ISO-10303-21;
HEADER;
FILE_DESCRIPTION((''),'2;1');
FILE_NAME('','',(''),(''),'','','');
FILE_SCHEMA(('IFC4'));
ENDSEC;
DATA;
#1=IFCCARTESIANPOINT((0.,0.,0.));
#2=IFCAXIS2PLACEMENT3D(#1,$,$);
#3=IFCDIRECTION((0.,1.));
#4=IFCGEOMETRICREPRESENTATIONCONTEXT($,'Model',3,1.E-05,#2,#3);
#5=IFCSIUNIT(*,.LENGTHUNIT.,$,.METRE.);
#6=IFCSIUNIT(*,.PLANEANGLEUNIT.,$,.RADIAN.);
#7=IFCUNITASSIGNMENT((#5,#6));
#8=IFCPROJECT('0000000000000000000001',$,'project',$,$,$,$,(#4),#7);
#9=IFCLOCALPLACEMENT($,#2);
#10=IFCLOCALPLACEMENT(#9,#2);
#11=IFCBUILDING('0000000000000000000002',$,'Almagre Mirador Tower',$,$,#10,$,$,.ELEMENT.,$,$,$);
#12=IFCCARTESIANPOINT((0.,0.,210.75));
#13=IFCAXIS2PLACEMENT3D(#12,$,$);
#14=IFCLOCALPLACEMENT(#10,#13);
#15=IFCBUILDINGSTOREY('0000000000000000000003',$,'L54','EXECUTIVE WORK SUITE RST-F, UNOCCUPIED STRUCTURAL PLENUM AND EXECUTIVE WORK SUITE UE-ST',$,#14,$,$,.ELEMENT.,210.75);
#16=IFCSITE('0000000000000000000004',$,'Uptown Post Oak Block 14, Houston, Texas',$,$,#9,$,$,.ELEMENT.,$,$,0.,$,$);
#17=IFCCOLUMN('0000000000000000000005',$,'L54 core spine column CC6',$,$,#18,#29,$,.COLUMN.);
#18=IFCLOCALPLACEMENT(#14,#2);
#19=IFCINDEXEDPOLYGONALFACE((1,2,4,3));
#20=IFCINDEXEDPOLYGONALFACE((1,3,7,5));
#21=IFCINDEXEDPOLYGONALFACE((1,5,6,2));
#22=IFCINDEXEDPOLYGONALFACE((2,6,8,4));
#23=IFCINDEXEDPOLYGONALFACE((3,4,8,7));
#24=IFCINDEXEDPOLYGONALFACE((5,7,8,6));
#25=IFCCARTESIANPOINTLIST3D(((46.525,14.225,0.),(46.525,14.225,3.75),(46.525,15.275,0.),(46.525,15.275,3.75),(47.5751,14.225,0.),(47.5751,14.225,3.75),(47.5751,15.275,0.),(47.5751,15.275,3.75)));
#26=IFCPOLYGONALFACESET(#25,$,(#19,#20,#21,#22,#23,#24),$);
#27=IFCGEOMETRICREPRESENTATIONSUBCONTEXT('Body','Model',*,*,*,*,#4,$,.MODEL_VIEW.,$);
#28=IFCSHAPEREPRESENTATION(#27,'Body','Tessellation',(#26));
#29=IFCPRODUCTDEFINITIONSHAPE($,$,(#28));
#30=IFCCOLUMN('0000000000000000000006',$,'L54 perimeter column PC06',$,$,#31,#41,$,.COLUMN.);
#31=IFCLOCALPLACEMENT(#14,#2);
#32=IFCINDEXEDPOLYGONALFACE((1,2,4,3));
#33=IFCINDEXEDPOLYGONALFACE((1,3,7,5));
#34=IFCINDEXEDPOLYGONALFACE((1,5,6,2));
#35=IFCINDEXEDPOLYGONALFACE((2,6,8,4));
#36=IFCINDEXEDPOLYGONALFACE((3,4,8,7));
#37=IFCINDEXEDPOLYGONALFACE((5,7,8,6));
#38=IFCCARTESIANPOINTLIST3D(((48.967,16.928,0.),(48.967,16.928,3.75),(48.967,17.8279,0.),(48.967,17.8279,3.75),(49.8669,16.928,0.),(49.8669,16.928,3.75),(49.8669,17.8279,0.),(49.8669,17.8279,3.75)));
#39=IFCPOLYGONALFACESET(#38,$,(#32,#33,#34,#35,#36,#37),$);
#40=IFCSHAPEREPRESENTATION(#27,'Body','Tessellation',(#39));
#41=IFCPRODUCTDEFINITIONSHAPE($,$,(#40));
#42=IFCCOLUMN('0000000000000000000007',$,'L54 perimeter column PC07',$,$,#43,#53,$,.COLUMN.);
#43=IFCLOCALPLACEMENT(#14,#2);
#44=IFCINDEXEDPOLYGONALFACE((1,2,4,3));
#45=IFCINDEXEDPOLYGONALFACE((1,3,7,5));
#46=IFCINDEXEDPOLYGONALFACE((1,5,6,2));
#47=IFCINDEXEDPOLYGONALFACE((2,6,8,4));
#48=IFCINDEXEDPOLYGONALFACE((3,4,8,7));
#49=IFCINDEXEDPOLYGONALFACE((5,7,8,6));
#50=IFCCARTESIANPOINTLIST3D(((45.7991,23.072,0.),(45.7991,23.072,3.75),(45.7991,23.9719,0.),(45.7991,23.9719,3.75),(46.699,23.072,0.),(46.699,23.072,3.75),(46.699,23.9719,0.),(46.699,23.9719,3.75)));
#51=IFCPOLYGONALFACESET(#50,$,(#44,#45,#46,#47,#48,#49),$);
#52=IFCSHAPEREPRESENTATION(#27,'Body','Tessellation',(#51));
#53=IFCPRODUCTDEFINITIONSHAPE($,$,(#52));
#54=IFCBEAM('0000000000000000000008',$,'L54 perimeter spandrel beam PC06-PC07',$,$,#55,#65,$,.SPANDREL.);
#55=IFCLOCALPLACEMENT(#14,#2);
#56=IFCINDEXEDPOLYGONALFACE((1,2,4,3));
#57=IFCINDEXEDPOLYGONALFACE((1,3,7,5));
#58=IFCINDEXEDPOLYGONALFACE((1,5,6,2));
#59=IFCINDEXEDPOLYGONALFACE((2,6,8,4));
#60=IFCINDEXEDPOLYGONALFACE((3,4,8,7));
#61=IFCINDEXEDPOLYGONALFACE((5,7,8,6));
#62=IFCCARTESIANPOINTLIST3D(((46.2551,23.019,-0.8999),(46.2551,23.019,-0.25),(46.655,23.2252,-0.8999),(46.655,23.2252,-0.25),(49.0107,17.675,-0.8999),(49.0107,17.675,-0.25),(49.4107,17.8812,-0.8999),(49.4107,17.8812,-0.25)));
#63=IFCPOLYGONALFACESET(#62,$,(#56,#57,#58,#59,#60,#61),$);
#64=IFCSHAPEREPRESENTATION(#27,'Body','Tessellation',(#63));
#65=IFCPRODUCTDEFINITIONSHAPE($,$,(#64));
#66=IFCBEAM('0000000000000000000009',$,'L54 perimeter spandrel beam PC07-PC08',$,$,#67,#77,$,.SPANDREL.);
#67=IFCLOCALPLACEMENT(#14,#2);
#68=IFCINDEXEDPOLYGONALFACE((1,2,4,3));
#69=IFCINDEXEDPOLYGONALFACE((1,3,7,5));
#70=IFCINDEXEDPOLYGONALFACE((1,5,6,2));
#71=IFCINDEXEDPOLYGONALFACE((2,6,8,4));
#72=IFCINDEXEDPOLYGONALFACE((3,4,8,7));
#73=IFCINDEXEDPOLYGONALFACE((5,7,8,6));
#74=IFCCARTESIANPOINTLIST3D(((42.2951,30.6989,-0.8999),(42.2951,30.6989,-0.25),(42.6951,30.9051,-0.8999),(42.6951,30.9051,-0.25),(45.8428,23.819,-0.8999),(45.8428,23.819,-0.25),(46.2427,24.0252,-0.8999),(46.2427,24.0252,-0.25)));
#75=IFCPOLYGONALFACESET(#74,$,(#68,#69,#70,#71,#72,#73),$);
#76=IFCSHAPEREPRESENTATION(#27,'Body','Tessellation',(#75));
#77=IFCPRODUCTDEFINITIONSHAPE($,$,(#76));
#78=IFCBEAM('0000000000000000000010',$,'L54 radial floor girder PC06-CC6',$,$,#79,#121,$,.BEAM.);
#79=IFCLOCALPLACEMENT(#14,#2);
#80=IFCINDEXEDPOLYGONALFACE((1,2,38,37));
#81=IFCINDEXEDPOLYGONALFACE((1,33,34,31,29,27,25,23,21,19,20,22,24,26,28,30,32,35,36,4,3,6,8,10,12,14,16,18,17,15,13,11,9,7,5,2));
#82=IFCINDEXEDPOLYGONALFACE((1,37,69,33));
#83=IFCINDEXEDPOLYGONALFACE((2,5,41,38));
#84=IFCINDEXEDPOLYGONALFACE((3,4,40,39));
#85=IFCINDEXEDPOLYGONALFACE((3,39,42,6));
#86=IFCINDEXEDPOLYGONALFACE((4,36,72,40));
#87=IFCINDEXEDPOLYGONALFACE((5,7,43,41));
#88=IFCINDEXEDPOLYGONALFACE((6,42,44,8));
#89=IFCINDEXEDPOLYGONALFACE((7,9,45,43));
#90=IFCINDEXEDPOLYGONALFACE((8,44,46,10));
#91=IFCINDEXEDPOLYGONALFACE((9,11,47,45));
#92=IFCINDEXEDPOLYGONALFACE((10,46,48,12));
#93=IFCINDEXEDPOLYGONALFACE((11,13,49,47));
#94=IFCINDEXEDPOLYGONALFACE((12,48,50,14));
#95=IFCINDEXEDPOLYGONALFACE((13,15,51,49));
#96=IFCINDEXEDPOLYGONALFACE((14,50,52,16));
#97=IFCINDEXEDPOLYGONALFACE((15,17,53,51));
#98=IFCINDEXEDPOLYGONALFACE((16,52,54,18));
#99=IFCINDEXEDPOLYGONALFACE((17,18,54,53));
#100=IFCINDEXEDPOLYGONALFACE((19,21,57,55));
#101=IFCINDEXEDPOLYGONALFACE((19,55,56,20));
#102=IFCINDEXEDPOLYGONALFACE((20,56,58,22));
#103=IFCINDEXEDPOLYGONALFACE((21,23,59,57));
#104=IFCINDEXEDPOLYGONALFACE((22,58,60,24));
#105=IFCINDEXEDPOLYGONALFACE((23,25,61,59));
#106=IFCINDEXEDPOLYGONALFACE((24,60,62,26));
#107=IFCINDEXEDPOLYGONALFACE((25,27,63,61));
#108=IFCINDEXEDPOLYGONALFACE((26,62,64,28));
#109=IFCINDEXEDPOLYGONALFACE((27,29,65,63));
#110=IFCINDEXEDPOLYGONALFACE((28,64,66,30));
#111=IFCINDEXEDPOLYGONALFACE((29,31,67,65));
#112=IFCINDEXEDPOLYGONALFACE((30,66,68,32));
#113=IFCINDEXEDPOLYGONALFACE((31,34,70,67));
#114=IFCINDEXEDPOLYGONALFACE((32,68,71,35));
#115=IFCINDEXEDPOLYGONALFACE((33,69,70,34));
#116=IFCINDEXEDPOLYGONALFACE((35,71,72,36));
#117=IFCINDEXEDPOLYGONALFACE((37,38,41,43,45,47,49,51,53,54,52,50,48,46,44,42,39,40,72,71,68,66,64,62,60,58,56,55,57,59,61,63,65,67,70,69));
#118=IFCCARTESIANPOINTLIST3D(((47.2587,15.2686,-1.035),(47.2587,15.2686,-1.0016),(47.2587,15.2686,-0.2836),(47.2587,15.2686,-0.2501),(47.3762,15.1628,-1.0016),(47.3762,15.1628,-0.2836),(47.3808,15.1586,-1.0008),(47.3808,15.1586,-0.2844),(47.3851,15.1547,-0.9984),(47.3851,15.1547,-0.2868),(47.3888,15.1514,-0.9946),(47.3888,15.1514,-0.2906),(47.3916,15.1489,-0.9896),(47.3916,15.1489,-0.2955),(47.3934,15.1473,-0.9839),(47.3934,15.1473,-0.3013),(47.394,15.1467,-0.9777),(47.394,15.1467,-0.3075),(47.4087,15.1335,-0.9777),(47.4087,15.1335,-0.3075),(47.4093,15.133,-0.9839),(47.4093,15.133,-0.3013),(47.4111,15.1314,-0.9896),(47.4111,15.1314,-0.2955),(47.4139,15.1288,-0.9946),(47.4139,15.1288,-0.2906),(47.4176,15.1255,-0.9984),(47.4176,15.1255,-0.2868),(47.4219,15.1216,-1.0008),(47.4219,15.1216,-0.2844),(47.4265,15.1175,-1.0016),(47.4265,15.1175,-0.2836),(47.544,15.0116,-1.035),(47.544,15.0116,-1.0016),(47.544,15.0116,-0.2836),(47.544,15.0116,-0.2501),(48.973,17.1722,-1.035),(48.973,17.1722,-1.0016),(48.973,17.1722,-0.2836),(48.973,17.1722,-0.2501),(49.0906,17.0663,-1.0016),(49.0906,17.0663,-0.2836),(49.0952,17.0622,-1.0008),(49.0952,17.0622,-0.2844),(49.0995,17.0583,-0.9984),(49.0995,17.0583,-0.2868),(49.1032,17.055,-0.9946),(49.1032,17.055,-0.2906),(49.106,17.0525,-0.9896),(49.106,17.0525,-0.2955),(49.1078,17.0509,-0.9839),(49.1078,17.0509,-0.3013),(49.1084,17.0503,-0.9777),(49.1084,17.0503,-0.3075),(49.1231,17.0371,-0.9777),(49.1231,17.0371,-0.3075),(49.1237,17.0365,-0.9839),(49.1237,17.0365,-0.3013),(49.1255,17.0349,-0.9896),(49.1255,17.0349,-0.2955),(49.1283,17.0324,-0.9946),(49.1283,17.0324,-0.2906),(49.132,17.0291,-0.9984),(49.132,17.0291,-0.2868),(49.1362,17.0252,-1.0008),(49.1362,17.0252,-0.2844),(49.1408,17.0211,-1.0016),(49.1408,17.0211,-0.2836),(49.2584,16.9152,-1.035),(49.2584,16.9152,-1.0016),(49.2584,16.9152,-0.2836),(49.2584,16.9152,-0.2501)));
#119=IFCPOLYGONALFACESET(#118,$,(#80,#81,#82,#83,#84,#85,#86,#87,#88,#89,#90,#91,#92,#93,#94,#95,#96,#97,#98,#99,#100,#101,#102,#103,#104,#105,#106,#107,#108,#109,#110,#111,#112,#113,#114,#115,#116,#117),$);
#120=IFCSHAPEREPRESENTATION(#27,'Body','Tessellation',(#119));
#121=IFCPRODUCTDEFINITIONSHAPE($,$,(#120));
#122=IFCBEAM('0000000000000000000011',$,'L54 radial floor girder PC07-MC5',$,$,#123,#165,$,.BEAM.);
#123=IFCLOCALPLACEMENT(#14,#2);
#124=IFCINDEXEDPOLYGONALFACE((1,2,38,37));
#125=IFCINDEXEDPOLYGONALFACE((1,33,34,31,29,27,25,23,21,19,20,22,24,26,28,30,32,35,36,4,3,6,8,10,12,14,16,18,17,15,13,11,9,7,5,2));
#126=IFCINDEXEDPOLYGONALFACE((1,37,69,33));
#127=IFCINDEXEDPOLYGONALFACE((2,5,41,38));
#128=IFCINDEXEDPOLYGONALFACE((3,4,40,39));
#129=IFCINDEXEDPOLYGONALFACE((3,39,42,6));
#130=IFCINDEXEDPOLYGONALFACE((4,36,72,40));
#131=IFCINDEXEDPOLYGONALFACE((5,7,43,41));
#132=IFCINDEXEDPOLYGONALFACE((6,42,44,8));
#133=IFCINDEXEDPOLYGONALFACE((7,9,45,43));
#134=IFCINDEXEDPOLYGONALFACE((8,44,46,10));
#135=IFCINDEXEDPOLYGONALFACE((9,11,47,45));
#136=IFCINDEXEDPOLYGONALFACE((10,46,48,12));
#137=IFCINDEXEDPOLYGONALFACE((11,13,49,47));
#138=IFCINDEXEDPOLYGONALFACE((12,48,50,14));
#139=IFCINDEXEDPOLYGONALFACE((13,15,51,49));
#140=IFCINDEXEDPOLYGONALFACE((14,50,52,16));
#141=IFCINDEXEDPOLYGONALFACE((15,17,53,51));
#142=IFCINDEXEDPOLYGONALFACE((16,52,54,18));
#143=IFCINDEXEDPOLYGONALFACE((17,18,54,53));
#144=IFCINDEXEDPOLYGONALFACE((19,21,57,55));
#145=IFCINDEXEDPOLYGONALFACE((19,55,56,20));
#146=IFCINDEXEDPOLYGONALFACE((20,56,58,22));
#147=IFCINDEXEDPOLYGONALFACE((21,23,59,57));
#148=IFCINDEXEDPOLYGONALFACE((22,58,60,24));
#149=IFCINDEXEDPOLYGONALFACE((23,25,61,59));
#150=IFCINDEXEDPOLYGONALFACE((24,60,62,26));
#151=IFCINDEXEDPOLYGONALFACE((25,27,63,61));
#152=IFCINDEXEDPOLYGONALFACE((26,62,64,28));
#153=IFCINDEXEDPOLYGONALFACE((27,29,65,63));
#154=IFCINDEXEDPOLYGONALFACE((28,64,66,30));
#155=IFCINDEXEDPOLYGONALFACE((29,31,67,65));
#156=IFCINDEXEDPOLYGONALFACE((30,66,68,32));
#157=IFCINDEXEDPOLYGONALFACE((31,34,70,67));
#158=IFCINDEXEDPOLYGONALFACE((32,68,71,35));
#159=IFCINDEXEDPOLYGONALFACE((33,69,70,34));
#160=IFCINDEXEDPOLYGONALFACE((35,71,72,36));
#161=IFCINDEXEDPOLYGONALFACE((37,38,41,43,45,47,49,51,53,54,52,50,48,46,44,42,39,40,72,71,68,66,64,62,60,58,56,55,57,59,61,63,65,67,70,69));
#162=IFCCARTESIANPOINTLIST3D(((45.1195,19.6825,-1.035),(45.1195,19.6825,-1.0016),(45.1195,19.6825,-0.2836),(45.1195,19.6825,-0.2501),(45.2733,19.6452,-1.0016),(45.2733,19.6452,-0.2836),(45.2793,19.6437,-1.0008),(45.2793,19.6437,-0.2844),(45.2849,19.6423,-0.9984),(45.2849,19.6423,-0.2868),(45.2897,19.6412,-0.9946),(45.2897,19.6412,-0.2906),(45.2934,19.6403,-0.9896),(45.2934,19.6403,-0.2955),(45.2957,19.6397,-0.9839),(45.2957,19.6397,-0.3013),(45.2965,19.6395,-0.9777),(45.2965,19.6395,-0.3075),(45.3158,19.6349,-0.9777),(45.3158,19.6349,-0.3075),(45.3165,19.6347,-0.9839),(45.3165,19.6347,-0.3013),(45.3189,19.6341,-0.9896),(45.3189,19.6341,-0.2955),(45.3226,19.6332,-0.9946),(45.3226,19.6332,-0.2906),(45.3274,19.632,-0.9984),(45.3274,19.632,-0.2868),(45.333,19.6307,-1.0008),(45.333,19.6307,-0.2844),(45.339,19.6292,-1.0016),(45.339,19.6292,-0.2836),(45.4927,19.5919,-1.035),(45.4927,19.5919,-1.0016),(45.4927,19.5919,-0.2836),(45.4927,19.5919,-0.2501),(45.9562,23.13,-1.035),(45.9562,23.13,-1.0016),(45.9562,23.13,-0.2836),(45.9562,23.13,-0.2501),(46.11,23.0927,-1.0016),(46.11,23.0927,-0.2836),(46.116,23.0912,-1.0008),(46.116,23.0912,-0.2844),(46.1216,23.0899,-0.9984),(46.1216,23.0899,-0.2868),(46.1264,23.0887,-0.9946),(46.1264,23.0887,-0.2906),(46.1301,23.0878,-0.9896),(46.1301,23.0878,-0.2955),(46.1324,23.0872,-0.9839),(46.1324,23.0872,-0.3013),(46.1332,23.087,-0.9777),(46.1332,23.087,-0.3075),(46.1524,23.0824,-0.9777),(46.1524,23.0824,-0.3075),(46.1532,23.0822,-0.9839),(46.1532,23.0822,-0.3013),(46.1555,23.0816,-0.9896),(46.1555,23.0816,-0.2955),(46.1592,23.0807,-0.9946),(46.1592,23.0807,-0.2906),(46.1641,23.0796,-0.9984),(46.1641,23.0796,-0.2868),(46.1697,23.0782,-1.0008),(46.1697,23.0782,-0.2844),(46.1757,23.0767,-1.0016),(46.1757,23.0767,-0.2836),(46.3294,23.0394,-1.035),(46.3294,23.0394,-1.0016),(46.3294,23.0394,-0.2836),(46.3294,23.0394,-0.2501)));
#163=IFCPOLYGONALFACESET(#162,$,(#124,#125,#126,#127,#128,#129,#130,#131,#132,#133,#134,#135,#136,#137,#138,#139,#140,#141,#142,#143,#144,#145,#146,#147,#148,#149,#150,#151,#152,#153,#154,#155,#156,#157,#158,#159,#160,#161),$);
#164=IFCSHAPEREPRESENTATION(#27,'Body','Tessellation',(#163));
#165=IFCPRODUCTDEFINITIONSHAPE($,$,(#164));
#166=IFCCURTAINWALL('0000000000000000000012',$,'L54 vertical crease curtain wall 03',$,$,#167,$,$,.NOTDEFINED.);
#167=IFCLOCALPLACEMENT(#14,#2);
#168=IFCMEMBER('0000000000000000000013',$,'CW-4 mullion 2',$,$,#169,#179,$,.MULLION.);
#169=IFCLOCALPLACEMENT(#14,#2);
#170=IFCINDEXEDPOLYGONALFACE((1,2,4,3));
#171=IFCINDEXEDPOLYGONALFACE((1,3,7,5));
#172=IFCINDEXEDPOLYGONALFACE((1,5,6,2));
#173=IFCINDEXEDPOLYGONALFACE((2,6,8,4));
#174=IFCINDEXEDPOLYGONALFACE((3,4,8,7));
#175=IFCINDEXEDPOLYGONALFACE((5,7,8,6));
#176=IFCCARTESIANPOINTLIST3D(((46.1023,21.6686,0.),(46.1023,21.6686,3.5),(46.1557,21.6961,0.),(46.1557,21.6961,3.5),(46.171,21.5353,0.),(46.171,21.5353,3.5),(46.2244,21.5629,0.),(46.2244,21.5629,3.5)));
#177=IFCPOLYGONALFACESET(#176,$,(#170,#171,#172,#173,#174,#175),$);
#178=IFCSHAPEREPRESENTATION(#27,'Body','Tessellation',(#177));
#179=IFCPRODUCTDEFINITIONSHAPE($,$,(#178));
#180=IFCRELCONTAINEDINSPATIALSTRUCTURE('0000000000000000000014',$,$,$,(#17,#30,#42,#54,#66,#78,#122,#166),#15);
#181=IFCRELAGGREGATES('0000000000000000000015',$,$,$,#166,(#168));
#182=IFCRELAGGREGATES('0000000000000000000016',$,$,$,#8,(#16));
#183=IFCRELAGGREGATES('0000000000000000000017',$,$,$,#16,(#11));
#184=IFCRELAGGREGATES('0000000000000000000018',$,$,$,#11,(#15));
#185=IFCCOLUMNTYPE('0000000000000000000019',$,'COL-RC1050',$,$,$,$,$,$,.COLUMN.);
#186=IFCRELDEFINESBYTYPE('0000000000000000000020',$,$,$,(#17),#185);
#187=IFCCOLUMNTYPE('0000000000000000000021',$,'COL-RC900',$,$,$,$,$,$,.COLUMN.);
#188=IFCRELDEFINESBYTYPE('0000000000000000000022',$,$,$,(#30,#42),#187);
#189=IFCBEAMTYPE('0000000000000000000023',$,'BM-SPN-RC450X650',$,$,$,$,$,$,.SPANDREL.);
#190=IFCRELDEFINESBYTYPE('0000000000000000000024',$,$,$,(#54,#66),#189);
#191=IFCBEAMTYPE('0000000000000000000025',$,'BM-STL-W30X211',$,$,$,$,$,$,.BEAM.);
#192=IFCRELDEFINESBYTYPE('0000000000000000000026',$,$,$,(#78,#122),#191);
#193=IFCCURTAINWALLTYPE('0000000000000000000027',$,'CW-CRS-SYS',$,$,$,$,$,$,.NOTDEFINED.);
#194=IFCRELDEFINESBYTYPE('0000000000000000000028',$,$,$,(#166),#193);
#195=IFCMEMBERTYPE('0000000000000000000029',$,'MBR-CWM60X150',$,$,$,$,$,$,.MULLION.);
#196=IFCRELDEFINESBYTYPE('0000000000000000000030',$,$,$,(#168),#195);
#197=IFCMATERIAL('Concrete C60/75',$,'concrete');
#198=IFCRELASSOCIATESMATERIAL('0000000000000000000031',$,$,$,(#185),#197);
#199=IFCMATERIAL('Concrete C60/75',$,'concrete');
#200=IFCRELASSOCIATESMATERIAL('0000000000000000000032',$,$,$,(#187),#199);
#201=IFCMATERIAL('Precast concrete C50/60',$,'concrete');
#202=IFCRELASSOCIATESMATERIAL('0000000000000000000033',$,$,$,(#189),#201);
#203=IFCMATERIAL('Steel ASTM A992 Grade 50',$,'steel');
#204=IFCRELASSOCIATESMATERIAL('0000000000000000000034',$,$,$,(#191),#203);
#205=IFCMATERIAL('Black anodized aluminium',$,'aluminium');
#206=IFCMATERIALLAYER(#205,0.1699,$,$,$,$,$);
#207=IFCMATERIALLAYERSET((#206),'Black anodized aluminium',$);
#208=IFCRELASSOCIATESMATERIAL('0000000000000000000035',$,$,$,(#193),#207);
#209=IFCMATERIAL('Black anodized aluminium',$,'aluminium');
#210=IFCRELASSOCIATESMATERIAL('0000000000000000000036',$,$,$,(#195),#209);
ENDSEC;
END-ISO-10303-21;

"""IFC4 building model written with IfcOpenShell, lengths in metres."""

from ifc_helpers import new_model, si_unit, direction, frame, origin, origin_2d, place, context, subcontext, project, spatial, rectangle, i_section, extrude, material, layer, layer_set, material_profile, profile_set, type_object, element, aggregate, save


model = new_model("IFC4")

# Units and contexts
model_context = context("Model", 3, precision=1e-05, world=origin(), true_north=direction((0.0, 1.0)))
body_context = subcontext(model_context, "Body", "Model", "MODEL_VIEW")
ifc_project = project(units=[si_unit("LENGTHUNIT", "METRE"), si_unit("PLANEANGLEUNIT", "RADIAN")], contexts=[model_context])

# Site, building, storey
site_placement = place(None, origin())
site = spatial("IfcSite", under=ifc_project, at=site_placement, Name="Uptown Post Oak Block 14, Houston, Texas", CompositionType="ELEMENT", RefElevation=0.0)
building_placement = place(site_placement, origin())
building = spatial("IfcBuilding", under=site, at=building_placement, Name="Almagre Mirador Tower", CompositionType="ELEMENT")
storey_placement = place(building_placement, frame((0.0, 0.0, 210.75)))
storey = spatial("IfcBuildingStorey", under=building, at=storey_placement, Name="L54", Description="EXECUTIVE WORK SUITE RST-F, UNOCCUPIED STRUCTURAL PLENUM AND EXECUTIVE WORK SUITE UE-ST", CompositionType="ELEMENT", Elevation=210.75)

# Columns
ifc_material_1 = material(Name="Concrete C60/75", Category="concrete")
ifc_material_profile_1 = material_profile(ifc_material_1, rectangle(XDim=1.05, YDim=1.05, at=origin_2d()), Name="RC1050X1050")
ifc_profile_set_1 = profile_set([ifc_material_profile_1], Name="Concrete C60/75")
column_type_1 = type_object("IfcColumnType", Name="COL-RC1050", PredefinedType="COLUMN", material=ifc_profile_set_1)
column_placement = place(storey_placement, frame((47.05, 14.75, 0.0), z_axis=(0.0, 0.0, 1.0), x_axis=(1.0, 0.0, 0.0)))
element("IfcColumn", 1, at=column_placement, inside=storey, type_object=column_type_1, Name="L54 core spine column CC6", PredefinedType="COLUMN", context=body_context, shape_type="SweptSolid", body=[
    extrude(rectangle(XDim=1.05, YDim=1.05, at=origin_2d()), origin(), (0.0, 0.0, 1.0), 3.75),
])
ifc_material_2 = material(Name="Concrete C60/75", Category="concrete")
ifc_material_profile_2 = material_profile(ifc_material_2, rectangle(XDim=0.8999, YDim=0.8999, at=origin_2d()), Name="RC900X900")
ifc_profile_set_2 = profile_set([ifc_material_profile_2], Name="Concrete C60/75")
column_type_2 = type_object("IfcColumnType", Name="COL-RC900", PredefinedType="COLUMN", material=ifc_profile_set_2)
for number, where, z_axis, x_axis, name in (
    (2, (49.417, 17.3779, 0.0), (0.0, 0.0, 1.0), (1.0, 0.0, 0.0), "L54 perimeter column PC06"),
    (3, (46.249, 23.522, 0.0), (0.0, 0.0, 1.0), (1.0, 0.0, 0.0), "L54 perimeter column PC07"),
):
    element("IfcColumn", number, at=place(storey_placement, frame(where, z_axis=z_axis, x_axis=x_axis)), inside=storey, type_object=column_type_2, Name=name, PredefinedType="COLUMN", context=body_context, shape_type="SweptSolid", body=[
        extrude(rectangle(XDim=0.8999, YDim=0.8999, at=origin_2d()), origin(), (0.0, 0.0, 1.0), 3.75),
    ])

# Beams
ifc_material_3 = material(Name="Precast concrete C50/60", Category="concrete")
ifc_material_profile_3 = material_profile(ifc_material_3, rectangle(XDim=0.45, YDim=0.6499, at=origin_2d()), Name="RC450X650")
ifc_profile_set_3 = profile_set([ifc_material_profile_3], Name="Precast concrete C50/60")
beam_type_1 = type_object("IfcBeamType", Name="BM-SPN-RC450X650", PredefinedType="SPANDREL", material=ifc_profile_set_3)
beam_1_placement = place(storey_placement, frame((49.2107, 17.7781, -0.575), z_axis=(-0.458305, 0.888795, 0.0), x_axis=(-0.888795, -0.458305, 0.0)))
element("IfcBeam", 4, at=beam_1_placement, inside=storey, type_object=beam_type_1, Name="L54 perimeter spandrel beam PC06-PC07", PredefinedType="SPANDREL", context=body_context, shape_type="SweptSolid", body=[
    extrude(rectangle(XDim=0.45, YDim=0.6499, at=origin_2d()), origin(), (0.0, 0.0, 1.0), 6.0127),
])
beam_2_placement = place(storey_placement, frame((46.0427, 23.9221, -0.575), z_axis=(-0.458306, 0.888794, 0.0), x_axis=(-0.888794, -0.458306, 0.0)))
element("IfcBeam", 5, at=beam_2_placement, inside=storey, type_object=beam_type_1, Name="L54 perimeter spandrel beam PC07-PC08", PredefinedType="SPANDREL", context=body_context, shape_type="SweptSolid", body=[
    extrude(rectangle(XDim=0.45, YDim=0.6499, at=origin_2d()), origin(), (0.0, 0.0, 1.0), 7.7407),
])
ifc_material_4 = material(Name="Steel ASTM A992 Grade 50", Category="steel")
ifc_material_profile_4 = material_profile(ifc_material_4, i_section(OverallWidth=0.384, OverallDepth=0.7849, WebThickness=0.0198, FlangeThickness=0.0334, FilletRadius=0.0239, at=origin_2d()), Name="W30X211")
ifc_profile_set_4 = profile_set([ifc_material_profile_4], Name="Steel ASTM A992 Grade 50")
beam_type_2 = type_object("IfcBeamType", Name="BM-STL-W30X211", PredefinedType="BEAM", material=ifc_profile_set_4)
beam_3_placement = place(storey_placement, frame((49.1157, 17.0437, -0.6426), z_axis=(-0.669212, -0.743071, 0.0), x_axis=(0.743071, -0.669212, 0.0)))
element("IfcBeam", 6, at=beam_3_placement, inside=storey, type_object=beam_type_2, Name="L54 radial floor girder PC06-CC6", PredefinedType="BEAM", context=body_context, shape_type="SweptSolid", body=[
    extrude(i_section(OverallWidth=0.384, OverallDepth=0.7849, WebThickness=0.0198, FlangeThickness=0.0334, FilletRadius=0.0239, at=origin_2d()), origin(), (0.0, 0.0, 1.0), 2.5618),
])
beam_4_placement = place(storey_placement, frame((46.1428, 23.0847, -0.6426), z_axis=(-0.235842, -0.971791, 0.0), x_axis=(0.971791, -0.235842, 0.0)))
element("IfcBeam", 7, at=beam_4_placement, inside=storey, type_object=beam_type_2, Name="L54 radial floor girder PC07-MC5", PredefinedType="BEAM", context=body_context, shape_type="SweptSolid", body=[
    extrude(i_section(OverallWidth=0.384, OverallDepth=0.7849, WebThickness=0.0198, FlangeThickness=0.0334, FilletRadius=0.0239, at=origin_2d()), origin(), (0.0, 0.0, 1.0), 3.5476),
])

# Curtain wall, member
ifc_material_5 = material(Name="Black anodized aluminium", Category="aluminium")
ifc_layer_1 = layer(ifc_material_5, 0.1699)
ifc_layer_set_1 = layer_set([ifc_layer_1], Name="Black anodized aluminium")
curtain_wall_type = type_object("IfcCurtainWallType", Name="CW-CRS-SYS", PredefinedType="NOTDEFINED", material=ifc_layer_set_1)
curtain_wall_placement = place(storey_placement, origin())
curtain_wall = element("IfcCurtainWall", 8, at=curtain_wall_placement, inside=storey, type_object=curtain_wall_type, Name="L54 vertical crease curtain wall 03", PredefinedType="NOTDEFINED")
ifc_material_6 = material(Name="Black anodized aluminium", Category="aluminium")
ifc_material_profile_5 = material_profile(ifc_material_6, rectangle(XDim=0.0601, YDim=0.1499, at=origin_2d()), Name="CWM60X150")
ifc_profile_set_5 = profile_set([ifc_material_profile_5], Name="Black anodized aluminium")
member_type = type_object("IfcMemberType", Name="MBR-CWM60X150", PredefinedType="MULLION", material=ifc_profile_set_5)
member_placement = place(storey_placement, frame((46.1633, 21.6157, 0.0), z_axis=(0.0, 0.0, 1.0), x_axis=(0.888809, 0.458277, 0.0)))
member = element("IfcMember", 9, at=member_placement, type_object=member_type, Name="CW-4 mullion 2", PredefinedType="MULLION", context=body_context, shape_type="SweptSolid", body=[
    extrude(rectangle(XDim=0.0601, YDim=0.1499, at=origin_2d()), origin(), (0.0, 0.0, 1.0), 3.5),
])
aggregate(curtain_wall, [member])

save(model, "model.ifc")
